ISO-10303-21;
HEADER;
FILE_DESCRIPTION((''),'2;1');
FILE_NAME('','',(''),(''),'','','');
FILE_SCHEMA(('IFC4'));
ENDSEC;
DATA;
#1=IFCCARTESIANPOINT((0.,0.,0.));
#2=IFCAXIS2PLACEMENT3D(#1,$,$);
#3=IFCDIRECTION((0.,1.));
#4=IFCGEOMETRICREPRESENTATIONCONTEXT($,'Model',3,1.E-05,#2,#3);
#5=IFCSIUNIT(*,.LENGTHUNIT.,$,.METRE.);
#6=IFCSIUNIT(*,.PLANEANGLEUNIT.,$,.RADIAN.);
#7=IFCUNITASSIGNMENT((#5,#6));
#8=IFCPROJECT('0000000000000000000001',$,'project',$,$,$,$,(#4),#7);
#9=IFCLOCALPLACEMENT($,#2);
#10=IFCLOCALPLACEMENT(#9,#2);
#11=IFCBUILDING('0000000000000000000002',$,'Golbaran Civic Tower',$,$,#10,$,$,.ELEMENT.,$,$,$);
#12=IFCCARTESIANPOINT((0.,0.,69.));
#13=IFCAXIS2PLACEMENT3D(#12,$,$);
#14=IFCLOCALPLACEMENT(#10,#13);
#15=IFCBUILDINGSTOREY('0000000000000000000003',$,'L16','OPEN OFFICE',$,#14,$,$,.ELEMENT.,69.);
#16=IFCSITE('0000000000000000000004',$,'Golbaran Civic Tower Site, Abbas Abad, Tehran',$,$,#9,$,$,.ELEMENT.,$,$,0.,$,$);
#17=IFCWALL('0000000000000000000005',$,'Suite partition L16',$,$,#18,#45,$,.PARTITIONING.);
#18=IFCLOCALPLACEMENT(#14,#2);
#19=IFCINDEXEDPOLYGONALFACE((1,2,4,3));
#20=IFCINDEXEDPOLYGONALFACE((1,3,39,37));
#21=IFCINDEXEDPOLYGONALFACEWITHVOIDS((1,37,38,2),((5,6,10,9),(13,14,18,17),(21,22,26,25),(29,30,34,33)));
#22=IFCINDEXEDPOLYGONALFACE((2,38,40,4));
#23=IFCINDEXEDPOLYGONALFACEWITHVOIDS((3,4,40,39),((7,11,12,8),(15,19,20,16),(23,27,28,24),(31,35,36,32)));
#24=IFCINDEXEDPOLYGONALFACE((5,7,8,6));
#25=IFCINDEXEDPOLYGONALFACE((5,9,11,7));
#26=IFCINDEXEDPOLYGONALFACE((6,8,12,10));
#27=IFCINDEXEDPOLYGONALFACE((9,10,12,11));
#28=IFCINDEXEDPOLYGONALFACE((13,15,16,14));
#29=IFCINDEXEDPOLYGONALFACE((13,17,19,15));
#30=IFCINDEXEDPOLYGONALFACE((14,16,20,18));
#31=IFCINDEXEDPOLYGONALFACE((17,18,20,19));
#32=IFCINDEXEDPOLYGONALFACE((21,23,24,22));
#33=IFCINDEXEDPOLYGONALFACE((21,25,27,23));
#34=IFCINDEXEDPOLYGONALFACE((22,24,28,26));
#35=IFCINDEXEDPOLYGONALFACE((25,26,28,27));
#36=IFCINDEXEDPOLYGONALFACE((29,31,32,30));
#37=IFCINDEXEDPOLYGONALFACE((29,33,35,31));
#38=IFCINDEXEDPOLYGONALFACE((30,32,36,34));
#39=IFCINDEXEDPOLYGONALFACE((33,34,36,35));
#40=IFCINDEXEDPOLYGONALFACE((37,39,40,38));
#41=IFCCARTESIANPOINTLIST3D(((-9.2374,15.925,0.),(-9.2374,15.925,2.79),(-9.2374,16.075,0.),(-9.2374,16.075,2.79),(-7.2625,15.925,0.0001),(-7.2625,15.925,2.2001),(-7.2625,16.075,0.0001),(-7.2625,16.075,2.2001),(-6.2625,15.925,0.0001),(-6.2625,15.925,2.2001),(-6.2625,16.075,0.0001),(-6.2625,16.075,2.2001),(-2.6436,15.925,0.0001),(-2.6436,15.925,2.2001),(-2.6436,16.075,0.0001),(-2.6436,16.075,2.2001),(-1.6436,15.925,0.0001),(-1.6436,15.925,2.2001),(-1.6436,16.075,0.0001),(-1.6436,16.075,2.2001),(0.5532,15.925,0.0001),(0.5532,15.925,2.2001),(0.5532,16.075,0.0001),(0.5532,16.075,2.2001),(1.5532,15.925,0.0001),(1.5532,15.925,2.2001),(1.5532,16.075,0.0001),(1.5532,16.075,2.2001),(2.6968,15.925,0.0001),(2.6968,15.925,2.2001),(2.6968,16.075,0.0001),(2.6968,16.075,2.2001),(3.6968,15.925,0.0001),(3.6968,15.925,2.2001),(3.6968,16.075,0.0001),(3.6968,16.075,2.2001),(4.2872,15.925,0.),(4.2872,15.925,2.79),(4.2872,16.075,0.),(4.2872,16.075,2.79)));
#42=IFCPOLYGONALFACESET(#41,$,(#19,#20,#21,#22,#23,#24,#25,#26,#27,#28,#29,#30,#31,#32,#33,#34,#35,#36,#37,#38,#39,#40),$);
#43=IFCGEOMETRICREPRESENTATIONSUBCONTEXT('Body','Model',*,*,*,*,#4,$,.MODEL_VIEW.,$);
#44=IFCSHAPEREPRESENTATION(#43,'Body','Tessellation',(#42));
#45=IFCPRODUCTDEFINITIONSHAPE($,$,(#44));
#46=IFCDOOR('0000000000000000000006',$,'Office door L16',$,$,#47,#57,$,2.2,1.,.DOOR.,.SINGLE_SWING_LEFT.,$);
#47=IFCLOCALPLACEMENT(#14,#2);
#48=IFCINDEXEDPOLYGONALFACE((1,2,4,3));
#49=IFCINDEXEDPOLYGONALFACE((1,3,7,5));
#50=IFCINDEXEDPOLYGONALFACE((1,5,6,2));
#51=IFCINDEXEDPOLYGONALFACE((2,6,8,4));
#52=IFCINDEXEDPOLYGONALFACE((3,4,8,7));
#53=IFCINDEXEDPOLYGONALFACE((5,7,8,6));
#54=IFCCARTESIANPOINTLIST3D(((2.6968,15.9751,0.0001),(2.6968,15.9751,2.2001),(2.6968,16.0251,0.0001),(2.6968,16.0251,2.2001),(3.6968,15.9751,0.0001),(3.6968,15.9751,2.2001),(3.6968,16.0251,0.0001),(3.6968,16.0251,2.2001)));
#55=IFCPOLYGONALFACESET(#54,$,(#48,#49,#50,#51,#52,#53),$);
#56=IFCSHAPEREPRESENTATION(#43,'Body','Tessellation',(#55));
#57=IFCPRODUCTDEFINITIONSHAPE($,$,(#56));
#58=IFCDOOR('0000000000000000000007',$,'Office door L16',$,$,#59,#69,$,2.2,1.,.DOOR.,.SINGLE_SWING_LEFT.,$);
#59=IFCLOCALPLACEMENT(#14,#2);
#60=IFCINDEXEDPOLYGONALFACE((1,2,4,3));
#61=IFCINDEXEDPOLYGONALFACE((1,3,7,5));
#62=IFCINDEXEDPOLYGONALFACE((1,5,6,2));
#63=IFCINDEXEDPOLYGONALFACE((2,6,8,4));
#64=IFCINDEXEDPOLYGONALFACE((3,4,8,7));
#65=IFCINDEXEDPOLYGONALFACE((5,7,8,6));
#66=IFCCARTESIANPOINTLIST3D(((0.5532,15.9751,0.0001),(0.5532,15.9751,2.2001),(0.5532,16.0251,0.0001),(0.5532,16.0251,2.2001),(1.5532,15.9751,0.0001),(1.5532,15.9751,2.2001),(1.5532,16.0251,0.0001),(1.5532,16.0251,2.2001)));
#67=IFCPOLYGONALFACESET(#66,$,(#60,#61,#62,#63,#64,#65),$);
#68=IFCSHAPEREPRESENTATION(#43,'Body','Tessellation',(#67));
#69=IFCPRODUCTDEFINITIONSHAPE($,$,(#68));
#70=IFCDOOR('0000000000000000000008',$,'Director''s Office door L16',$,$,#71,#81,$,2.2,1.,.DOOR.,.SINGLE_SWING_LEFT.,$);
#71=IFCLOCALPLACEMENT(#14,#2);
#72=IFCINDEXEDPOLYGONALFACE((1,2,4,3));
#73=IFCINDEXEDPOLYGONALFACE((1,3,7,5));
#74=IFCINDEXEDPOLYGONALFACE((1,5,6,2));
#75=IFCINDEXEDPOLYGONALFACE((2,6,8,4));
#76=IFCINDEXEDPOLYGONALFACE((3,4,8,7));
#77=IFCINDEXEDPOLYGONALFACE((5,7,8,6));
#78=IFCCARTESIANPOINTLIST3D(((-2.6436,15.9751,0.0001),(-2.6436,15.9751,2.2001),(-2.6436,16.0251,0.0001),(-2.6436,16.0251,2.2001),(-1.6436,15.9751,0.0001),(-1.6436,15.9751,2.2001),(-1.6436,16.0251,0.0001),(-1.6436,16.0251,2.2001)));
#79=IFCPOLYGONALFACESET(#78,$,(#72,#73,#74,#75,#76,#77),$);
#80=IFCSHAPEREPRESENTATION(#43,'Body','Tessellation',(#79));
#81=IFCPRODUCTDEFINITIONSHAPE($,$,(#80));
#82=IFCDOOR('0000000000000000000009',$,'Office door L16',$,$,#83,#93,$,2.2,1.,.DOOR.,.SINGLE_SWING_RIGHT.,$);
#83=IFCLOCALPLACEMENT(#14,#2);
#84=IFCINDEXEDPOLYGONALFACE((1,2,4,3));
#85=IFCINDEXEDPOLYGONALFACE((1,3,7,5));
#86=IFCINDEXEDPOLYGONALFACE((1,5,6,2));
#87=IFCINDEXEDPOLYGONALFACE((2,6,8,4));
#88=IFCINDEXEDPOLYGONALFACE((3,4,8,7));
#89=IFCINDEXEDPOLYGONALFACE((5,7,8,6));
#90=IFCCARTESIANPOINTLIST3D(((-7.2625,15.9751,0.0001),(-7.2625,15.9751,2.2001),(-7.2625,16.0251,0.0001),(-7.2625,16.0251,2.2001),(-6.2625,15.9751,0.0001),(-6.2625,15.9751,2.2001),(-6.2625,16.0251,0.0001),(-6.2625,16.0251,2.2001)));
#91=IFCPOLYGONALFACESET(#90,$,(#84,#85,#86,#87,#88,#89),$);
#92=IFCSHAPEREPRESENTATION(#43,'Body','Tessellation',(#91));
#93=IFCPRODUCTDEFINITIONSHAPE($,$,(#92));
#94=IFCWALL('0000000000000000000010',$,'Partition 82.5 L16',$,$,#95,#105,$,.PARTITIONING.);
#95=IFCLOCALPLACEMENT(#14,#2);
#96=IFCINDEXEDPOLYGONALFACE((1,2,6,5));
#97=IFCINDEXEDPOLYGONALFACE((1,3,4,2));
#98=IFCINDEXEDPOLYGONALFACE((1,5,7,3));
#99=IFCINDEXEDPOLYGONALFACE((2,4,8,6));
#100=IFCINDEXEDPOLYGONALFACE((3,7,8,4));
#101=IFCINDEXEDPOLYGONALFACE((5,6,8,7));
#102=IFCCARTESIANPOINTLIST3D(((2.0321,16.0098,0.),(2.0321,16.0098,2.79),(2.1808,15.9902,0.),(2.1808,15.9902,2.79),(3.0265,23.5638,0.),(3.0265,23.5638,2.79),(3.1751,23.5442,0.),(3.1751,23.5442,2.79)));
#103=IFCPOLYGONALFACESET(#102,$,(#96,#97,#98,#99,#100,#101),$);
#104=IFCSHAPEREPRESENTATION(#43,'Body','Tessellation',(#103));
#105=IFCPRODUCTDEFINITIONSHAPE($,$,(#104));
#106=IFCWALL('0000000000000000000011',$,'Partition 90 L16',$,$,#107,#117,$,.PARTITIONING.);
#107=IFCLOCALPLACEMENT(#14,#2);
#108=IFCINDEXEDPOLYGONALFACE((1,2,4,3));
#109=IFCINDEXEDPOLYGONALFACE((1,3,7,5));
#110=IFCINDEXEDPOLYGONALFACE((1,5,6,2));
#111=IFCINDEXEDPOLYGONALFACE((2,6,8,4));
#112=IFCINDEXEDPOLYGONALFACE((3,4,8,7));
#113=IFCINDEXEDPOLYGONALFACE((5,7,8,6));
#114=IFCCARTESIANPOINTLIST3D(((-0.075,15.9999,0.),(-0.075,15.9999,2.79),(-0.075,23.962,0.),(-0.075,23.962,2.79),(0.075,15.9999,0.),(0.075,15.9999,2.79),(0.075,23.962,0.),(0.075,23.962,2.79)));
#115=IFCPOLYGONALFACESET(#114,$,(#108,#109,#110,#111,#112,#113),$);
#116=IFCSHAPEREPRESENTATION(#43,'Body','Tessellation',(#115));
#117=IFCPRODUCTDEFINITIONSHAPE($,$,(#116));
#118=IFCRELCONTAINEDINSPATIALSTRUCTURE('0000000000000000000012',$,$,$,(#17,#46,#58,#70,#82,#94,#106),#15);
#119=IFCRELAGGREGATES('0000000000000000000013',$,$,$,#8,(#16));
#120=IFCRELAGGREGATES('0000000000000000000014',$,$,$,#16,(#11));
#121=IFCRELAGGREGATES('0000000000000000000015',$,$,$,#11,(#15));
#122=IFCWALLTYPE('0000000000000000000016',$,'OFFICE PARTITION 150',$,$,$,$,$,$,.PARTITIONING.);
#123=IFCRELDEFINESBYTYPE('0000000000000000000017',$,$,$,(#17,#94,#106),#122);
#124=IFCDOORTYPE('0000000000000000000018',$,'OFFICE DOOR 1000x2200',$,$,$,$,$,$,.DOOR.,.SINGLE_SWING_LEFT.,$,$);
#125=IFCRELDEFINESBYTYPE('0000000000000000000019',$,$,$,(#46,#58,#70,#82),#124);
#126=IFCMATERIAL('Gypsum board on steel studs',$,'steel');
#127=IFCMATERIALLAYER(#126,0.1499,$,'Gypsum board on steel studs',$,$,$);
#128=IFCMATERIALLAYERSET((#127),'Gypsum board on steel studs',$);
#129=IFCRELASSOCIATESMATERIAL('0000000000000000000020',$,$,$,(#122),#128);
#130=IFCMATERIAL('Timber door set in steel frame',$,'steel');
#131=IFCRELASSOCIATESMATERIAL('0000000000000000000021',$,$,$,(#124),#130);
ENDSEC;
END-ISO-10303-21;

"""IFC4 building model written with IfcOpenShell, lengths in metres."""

from ifc_helpers import new_model, si_unit, direction, frame, frame_2d, origin, place, context, subcontext, project, spatial, rectangle, extrude, material, layer, layer_set, type_object, element, fill, save


model = new_model("IFC4")

# Units and contexts
model_context = context("Model", 3, precision=1e-05, world=origin(), true_north=direction((0.0, 1.0)))
body_context = subcontext(model_context, "Body", "Model", "MODEL_VIEW")
ifc_project = project(units=[si_unit("LENGTHUNIT", "METRE"), si_unit("PLANEANGLEUNIT", "RADIAN")], contexts=[model_context])

# Site, building, storey
site_placement = place(None, origin())
site = spatial("IfcSite", under=ifc_project, at=site_placement, Name="Golbaran Civic Tower Site, Abbas Abad, Tehran", CompositionType="ELEMENT", RefElevation=0.0)
building_placement = place(site_placement, origin())
building = spatial("IfcBuilding", under=site, at=building_placement, Name="Golbaran Civic Tower", CompositionType="ELEMENT")
storey_placement = place(building_placement, frame((0.0, 0.0, 69.0)))
storey = spatial("IfcBuildingStorey", under=building, at=storey_placement, Name="L16", Description="OPEN OFFICE", CompositionType="ELEMENT", Elevation=69.0)

# Shared definitions
ifc_material_1 = material(Name="Timber door set in steel frame", Category="steel")

# Shared definitions
ifc_material_2 = material(Name="Gypsum board on steel studs", Category="steel")
ifc_layer_1 = layer(ifc_material_2, 0.1499, Name="Gypsum board on steel studs")
ifc_layer_set_1 = layer_set([ifc_layer_1], Name="Gypsum board on steel studs")
wall_type_1 = type_object("IfcWallType", Name="OFFICE PARTITION 150", PredefinedType="PARTITIONING", material=ifc_layer_set_1)

# Wall, openings, doors
wall_1_placement = place(storey_placement, frame((4.2871, 16.0, 0.0), z_axis=(0.0, 0.0, 1.0), x_axis=(-1.0, 0.0, 0.0)))
wall_1 = element("IfcWall", 1, at=wall_1_placement, inside=storey, type_object=wall_type_1, Name="Suite partition L16", PredefinedType="PARTITIONING", context=body_context, shape_type="SweptSolid", body=[
    extrude(rectangle(XDim=13.5247, YDim=0.1499, at=frame_2d((6.7622, 0.0))), origin(), (0.0, 0.0, 1.0), 2.79),
])
opening_1_placement = place(wall_1_placement, frame((0.5903, 0.0, 0.0)))
opening_1 = element("IfcOpeningElement", 2, at=opening_1_placement, cuts=wall_1, PredefinedType="OPENING", context=body_context, shape_type="SweptSolid", body=[
    extrude(rectangle(XDim=1.0, YDim=2.2, at=frame_2d((0.5, 1.1001))), frame((0.0, 0.085, 0.0), z_axis=(0.0, -1.0, 0.0), x_axis=(1.0, 0.0, 0.0)), (0.0, 0.0, 1.0), 0.1699),
])
opening_2_placement = place(wall_1_placement, frame((2.7339, 0.0, 0.0)))
opening_2 = element("IfcOpeningElement", 3, at=opening_2_placement, cuts=wall_1, PredefinedType="OPENING", context=body_context, shape_type="SweptSolid", body=[
    extrude(rectangle(XDim=1.0, YDim=2.2, at=frame_2d((0.5, 1.1001))), frame((0.0, 0.085, 0.0), z_axis=(0.0, -1.0, 0.0), x_axis=(1.0, 0.0, 0.0)), (0.0, 0.0, 1.0), 0.1699),
])
opening_3_placement = place(wall_1_placement, frame((5.9307, 0.0, 0.0)))
opening_3 = element("IfcOpeningElement", 4, at=opening_3_placement, cuts=wall_1, PredefinedType="OPENING", context=body_context, shape_type="SweptSolid", body=[
    extrude(rectangle(XDim=1.0, YDim=2.2, at=frame_2d((0.5, 1.1001))), frame((0.0, 0.085, 0.0), z_axis=(0.0, -1.0, 0.0), x_axis=(1.0, 0.0, 0.0)), (0.0, 0.0, 1.0), 0.1699),
])
opening_4_placement = place(wall_1_placement, frame((10.5496, 0.0, 0.0)))
opening_4 = element("IfcOpeningElement", 5, at=opening_4_placement, cuts=wall_1, PredefinedType="OPENING", context=body_context, shape_type="SweptSolid", body=[
    extrude(rectangle(XDim=1.0, YDim=2.2, at=frame_2d((0.5, 1.1001))), frame((0.0, 0.085, 0.0), z_axis=(0.0, -1.0, 0.0), x_axis=(1.0, 0.0, 0.0)), (0.0, 0.0, 1.0), 0.1699),
])
door_type_1 = type_object("IfcDoorType", Name="OFFICE DOOR 1000x2200", OperationType="SINGLE_SWING_LEFT", PredefinedType="DOOR", material=ifc_material_1)
door_1_placement = place(opening_1_placement, origin())
door_1 = element("IfcDoor", 6, at=door_1_placement, inside=storey, type_object=door_type_1, Name="Office door L16", OperationType="SINGLE_SWING_LEFT", OverallHeight=2.2, OverallWidth=1.0, PredefinedType="DOOR", context=body_context, shape_type="SweptSolid", body=[
    extrude(rectangle(XDim=1.0, YDim=2.2, at=frame_2d((0.5, 1.1001))), frame((0.0, 0.0249, 0.0), z_axis=(0.0, -1.0, 0.0), x_axis=(1.0, 0.0, 0.0)), (0.0, 0.0, 1.0), 0.05),
])
fill(opening_1, door_1)
door_2_placement = place(opening_2_placement, origin())
door_2 = element("IfcDoor", 7, at=door_2_placement, inside=storey, type_object=door_type_1, Name="Office door L16", OperationType="SINGLE_SWING_LEFT", OverallHeight=2.2, OverallWidth=1.0, PredefinedType="DOOR", context=body_context, shape_type="SweptSolid", body=[
    extrude(rectangle(XDim=1.0, YDim=2.2, at=frame_2d((0.5, 1.1001))), frame((0.0, 0.0249, 0.0), z_axis=(0.0, -1.0, 0.0), x_axis=(1.0, 0.0, 0.0)), (0.0, 0.0, 1.0), 0.05),
])
fill(opening_2, door_2)
door_3_placement = place(opening_3_placement, origin())
door_3 = element("IfcDoor", 8, at=door_3_placement, inside=storey, type_object=door_type_1, Name="Director's Office door L16", OperationType="SINGLE_SWING_LEFT", OverallHeight=2.2, OverallWidth=1.0, PredefinedType="DOOR", context=body_context, shape_type="SweptSolid", body=[
    extrude(rectangle(XDim=1.0, YDim=2.2, at=frame_2d((0.5, 1.1001))), frame((0.0, 0.0249, 0.0), z_axis=(0.0, -1.0, 0.0), x_axis=(1.0, 0.0, 0.0)), (0.0, 0.0, 1.0), 0.05),
])
fill(opening_3, door_3)
door_4_placement = place(opening_4_placement, origin())
door_4 = element("IfcDoor", 9, at=door_4_placement, inside=storey, type_object=door_type_1, Name="Office door L16", OperationType="SINGLE_SWING_RIGHT", OverallHeight=2.2, OverallWidth=1.0, PredefinedType="DOOR", context=body_context, shape_type="SweptSolid", body=[
    extrude(rectangle(XDim=1.0, YDim=2.2, at=frame_2d((0.5, 1.1001))), frame((0.0, 0.0249, 0.0), z_axis=(0.0, -1.0, 0.0), x_axis=(1.0, 0.0, 0.0)), (0.0, 0.0, 1.0), 0.05),
])
fill(opening_4, door_4)

# Walls
wall_2_placement = place(storey_placement, frame((2.1064, 16.0, 0.0), z_axis=(0.0, 0.0, 1.0), x_axis=(0.130512, 0.991447, 0.0)))
element("IfcWall", 10, at=wall_2_placement, inside=storey, type_object=wall_type_1, Name="Partition 82.5 L16", PredefinedType="PARTITIONING", context=body_context, shape_type="SweptSolid", body=[
    extrude(rectangle(XDim=7.6191, YDim=0.1499, at=frame_2d((3.8096, 0.0))), origin(), (0.0, 0.0, 1.0), 2.79),
])
wall_3_placement = place(storey_placement, frame((0.0, 16.0, 0.0), z_axis=(0.0, 0.0, 1.0), x_axis=(0.0, 1.0, 0.0)))
element("IfcWall", 11, at=wall_3_placement, inside=storey, type_object=wall_type_1, Name="Partition 90 L16", PredefinedType="PARTITIONING", context=body_context, shape_type="SweptSolid", body=[
    extrude(rectangle(XDim=7.9622, YDim=0.1499, at=frame_2d((3.981, 0.0))), origin(), (0.0, 0.0, 1.0), 2.79),
])

save(model, "model.ifc")
